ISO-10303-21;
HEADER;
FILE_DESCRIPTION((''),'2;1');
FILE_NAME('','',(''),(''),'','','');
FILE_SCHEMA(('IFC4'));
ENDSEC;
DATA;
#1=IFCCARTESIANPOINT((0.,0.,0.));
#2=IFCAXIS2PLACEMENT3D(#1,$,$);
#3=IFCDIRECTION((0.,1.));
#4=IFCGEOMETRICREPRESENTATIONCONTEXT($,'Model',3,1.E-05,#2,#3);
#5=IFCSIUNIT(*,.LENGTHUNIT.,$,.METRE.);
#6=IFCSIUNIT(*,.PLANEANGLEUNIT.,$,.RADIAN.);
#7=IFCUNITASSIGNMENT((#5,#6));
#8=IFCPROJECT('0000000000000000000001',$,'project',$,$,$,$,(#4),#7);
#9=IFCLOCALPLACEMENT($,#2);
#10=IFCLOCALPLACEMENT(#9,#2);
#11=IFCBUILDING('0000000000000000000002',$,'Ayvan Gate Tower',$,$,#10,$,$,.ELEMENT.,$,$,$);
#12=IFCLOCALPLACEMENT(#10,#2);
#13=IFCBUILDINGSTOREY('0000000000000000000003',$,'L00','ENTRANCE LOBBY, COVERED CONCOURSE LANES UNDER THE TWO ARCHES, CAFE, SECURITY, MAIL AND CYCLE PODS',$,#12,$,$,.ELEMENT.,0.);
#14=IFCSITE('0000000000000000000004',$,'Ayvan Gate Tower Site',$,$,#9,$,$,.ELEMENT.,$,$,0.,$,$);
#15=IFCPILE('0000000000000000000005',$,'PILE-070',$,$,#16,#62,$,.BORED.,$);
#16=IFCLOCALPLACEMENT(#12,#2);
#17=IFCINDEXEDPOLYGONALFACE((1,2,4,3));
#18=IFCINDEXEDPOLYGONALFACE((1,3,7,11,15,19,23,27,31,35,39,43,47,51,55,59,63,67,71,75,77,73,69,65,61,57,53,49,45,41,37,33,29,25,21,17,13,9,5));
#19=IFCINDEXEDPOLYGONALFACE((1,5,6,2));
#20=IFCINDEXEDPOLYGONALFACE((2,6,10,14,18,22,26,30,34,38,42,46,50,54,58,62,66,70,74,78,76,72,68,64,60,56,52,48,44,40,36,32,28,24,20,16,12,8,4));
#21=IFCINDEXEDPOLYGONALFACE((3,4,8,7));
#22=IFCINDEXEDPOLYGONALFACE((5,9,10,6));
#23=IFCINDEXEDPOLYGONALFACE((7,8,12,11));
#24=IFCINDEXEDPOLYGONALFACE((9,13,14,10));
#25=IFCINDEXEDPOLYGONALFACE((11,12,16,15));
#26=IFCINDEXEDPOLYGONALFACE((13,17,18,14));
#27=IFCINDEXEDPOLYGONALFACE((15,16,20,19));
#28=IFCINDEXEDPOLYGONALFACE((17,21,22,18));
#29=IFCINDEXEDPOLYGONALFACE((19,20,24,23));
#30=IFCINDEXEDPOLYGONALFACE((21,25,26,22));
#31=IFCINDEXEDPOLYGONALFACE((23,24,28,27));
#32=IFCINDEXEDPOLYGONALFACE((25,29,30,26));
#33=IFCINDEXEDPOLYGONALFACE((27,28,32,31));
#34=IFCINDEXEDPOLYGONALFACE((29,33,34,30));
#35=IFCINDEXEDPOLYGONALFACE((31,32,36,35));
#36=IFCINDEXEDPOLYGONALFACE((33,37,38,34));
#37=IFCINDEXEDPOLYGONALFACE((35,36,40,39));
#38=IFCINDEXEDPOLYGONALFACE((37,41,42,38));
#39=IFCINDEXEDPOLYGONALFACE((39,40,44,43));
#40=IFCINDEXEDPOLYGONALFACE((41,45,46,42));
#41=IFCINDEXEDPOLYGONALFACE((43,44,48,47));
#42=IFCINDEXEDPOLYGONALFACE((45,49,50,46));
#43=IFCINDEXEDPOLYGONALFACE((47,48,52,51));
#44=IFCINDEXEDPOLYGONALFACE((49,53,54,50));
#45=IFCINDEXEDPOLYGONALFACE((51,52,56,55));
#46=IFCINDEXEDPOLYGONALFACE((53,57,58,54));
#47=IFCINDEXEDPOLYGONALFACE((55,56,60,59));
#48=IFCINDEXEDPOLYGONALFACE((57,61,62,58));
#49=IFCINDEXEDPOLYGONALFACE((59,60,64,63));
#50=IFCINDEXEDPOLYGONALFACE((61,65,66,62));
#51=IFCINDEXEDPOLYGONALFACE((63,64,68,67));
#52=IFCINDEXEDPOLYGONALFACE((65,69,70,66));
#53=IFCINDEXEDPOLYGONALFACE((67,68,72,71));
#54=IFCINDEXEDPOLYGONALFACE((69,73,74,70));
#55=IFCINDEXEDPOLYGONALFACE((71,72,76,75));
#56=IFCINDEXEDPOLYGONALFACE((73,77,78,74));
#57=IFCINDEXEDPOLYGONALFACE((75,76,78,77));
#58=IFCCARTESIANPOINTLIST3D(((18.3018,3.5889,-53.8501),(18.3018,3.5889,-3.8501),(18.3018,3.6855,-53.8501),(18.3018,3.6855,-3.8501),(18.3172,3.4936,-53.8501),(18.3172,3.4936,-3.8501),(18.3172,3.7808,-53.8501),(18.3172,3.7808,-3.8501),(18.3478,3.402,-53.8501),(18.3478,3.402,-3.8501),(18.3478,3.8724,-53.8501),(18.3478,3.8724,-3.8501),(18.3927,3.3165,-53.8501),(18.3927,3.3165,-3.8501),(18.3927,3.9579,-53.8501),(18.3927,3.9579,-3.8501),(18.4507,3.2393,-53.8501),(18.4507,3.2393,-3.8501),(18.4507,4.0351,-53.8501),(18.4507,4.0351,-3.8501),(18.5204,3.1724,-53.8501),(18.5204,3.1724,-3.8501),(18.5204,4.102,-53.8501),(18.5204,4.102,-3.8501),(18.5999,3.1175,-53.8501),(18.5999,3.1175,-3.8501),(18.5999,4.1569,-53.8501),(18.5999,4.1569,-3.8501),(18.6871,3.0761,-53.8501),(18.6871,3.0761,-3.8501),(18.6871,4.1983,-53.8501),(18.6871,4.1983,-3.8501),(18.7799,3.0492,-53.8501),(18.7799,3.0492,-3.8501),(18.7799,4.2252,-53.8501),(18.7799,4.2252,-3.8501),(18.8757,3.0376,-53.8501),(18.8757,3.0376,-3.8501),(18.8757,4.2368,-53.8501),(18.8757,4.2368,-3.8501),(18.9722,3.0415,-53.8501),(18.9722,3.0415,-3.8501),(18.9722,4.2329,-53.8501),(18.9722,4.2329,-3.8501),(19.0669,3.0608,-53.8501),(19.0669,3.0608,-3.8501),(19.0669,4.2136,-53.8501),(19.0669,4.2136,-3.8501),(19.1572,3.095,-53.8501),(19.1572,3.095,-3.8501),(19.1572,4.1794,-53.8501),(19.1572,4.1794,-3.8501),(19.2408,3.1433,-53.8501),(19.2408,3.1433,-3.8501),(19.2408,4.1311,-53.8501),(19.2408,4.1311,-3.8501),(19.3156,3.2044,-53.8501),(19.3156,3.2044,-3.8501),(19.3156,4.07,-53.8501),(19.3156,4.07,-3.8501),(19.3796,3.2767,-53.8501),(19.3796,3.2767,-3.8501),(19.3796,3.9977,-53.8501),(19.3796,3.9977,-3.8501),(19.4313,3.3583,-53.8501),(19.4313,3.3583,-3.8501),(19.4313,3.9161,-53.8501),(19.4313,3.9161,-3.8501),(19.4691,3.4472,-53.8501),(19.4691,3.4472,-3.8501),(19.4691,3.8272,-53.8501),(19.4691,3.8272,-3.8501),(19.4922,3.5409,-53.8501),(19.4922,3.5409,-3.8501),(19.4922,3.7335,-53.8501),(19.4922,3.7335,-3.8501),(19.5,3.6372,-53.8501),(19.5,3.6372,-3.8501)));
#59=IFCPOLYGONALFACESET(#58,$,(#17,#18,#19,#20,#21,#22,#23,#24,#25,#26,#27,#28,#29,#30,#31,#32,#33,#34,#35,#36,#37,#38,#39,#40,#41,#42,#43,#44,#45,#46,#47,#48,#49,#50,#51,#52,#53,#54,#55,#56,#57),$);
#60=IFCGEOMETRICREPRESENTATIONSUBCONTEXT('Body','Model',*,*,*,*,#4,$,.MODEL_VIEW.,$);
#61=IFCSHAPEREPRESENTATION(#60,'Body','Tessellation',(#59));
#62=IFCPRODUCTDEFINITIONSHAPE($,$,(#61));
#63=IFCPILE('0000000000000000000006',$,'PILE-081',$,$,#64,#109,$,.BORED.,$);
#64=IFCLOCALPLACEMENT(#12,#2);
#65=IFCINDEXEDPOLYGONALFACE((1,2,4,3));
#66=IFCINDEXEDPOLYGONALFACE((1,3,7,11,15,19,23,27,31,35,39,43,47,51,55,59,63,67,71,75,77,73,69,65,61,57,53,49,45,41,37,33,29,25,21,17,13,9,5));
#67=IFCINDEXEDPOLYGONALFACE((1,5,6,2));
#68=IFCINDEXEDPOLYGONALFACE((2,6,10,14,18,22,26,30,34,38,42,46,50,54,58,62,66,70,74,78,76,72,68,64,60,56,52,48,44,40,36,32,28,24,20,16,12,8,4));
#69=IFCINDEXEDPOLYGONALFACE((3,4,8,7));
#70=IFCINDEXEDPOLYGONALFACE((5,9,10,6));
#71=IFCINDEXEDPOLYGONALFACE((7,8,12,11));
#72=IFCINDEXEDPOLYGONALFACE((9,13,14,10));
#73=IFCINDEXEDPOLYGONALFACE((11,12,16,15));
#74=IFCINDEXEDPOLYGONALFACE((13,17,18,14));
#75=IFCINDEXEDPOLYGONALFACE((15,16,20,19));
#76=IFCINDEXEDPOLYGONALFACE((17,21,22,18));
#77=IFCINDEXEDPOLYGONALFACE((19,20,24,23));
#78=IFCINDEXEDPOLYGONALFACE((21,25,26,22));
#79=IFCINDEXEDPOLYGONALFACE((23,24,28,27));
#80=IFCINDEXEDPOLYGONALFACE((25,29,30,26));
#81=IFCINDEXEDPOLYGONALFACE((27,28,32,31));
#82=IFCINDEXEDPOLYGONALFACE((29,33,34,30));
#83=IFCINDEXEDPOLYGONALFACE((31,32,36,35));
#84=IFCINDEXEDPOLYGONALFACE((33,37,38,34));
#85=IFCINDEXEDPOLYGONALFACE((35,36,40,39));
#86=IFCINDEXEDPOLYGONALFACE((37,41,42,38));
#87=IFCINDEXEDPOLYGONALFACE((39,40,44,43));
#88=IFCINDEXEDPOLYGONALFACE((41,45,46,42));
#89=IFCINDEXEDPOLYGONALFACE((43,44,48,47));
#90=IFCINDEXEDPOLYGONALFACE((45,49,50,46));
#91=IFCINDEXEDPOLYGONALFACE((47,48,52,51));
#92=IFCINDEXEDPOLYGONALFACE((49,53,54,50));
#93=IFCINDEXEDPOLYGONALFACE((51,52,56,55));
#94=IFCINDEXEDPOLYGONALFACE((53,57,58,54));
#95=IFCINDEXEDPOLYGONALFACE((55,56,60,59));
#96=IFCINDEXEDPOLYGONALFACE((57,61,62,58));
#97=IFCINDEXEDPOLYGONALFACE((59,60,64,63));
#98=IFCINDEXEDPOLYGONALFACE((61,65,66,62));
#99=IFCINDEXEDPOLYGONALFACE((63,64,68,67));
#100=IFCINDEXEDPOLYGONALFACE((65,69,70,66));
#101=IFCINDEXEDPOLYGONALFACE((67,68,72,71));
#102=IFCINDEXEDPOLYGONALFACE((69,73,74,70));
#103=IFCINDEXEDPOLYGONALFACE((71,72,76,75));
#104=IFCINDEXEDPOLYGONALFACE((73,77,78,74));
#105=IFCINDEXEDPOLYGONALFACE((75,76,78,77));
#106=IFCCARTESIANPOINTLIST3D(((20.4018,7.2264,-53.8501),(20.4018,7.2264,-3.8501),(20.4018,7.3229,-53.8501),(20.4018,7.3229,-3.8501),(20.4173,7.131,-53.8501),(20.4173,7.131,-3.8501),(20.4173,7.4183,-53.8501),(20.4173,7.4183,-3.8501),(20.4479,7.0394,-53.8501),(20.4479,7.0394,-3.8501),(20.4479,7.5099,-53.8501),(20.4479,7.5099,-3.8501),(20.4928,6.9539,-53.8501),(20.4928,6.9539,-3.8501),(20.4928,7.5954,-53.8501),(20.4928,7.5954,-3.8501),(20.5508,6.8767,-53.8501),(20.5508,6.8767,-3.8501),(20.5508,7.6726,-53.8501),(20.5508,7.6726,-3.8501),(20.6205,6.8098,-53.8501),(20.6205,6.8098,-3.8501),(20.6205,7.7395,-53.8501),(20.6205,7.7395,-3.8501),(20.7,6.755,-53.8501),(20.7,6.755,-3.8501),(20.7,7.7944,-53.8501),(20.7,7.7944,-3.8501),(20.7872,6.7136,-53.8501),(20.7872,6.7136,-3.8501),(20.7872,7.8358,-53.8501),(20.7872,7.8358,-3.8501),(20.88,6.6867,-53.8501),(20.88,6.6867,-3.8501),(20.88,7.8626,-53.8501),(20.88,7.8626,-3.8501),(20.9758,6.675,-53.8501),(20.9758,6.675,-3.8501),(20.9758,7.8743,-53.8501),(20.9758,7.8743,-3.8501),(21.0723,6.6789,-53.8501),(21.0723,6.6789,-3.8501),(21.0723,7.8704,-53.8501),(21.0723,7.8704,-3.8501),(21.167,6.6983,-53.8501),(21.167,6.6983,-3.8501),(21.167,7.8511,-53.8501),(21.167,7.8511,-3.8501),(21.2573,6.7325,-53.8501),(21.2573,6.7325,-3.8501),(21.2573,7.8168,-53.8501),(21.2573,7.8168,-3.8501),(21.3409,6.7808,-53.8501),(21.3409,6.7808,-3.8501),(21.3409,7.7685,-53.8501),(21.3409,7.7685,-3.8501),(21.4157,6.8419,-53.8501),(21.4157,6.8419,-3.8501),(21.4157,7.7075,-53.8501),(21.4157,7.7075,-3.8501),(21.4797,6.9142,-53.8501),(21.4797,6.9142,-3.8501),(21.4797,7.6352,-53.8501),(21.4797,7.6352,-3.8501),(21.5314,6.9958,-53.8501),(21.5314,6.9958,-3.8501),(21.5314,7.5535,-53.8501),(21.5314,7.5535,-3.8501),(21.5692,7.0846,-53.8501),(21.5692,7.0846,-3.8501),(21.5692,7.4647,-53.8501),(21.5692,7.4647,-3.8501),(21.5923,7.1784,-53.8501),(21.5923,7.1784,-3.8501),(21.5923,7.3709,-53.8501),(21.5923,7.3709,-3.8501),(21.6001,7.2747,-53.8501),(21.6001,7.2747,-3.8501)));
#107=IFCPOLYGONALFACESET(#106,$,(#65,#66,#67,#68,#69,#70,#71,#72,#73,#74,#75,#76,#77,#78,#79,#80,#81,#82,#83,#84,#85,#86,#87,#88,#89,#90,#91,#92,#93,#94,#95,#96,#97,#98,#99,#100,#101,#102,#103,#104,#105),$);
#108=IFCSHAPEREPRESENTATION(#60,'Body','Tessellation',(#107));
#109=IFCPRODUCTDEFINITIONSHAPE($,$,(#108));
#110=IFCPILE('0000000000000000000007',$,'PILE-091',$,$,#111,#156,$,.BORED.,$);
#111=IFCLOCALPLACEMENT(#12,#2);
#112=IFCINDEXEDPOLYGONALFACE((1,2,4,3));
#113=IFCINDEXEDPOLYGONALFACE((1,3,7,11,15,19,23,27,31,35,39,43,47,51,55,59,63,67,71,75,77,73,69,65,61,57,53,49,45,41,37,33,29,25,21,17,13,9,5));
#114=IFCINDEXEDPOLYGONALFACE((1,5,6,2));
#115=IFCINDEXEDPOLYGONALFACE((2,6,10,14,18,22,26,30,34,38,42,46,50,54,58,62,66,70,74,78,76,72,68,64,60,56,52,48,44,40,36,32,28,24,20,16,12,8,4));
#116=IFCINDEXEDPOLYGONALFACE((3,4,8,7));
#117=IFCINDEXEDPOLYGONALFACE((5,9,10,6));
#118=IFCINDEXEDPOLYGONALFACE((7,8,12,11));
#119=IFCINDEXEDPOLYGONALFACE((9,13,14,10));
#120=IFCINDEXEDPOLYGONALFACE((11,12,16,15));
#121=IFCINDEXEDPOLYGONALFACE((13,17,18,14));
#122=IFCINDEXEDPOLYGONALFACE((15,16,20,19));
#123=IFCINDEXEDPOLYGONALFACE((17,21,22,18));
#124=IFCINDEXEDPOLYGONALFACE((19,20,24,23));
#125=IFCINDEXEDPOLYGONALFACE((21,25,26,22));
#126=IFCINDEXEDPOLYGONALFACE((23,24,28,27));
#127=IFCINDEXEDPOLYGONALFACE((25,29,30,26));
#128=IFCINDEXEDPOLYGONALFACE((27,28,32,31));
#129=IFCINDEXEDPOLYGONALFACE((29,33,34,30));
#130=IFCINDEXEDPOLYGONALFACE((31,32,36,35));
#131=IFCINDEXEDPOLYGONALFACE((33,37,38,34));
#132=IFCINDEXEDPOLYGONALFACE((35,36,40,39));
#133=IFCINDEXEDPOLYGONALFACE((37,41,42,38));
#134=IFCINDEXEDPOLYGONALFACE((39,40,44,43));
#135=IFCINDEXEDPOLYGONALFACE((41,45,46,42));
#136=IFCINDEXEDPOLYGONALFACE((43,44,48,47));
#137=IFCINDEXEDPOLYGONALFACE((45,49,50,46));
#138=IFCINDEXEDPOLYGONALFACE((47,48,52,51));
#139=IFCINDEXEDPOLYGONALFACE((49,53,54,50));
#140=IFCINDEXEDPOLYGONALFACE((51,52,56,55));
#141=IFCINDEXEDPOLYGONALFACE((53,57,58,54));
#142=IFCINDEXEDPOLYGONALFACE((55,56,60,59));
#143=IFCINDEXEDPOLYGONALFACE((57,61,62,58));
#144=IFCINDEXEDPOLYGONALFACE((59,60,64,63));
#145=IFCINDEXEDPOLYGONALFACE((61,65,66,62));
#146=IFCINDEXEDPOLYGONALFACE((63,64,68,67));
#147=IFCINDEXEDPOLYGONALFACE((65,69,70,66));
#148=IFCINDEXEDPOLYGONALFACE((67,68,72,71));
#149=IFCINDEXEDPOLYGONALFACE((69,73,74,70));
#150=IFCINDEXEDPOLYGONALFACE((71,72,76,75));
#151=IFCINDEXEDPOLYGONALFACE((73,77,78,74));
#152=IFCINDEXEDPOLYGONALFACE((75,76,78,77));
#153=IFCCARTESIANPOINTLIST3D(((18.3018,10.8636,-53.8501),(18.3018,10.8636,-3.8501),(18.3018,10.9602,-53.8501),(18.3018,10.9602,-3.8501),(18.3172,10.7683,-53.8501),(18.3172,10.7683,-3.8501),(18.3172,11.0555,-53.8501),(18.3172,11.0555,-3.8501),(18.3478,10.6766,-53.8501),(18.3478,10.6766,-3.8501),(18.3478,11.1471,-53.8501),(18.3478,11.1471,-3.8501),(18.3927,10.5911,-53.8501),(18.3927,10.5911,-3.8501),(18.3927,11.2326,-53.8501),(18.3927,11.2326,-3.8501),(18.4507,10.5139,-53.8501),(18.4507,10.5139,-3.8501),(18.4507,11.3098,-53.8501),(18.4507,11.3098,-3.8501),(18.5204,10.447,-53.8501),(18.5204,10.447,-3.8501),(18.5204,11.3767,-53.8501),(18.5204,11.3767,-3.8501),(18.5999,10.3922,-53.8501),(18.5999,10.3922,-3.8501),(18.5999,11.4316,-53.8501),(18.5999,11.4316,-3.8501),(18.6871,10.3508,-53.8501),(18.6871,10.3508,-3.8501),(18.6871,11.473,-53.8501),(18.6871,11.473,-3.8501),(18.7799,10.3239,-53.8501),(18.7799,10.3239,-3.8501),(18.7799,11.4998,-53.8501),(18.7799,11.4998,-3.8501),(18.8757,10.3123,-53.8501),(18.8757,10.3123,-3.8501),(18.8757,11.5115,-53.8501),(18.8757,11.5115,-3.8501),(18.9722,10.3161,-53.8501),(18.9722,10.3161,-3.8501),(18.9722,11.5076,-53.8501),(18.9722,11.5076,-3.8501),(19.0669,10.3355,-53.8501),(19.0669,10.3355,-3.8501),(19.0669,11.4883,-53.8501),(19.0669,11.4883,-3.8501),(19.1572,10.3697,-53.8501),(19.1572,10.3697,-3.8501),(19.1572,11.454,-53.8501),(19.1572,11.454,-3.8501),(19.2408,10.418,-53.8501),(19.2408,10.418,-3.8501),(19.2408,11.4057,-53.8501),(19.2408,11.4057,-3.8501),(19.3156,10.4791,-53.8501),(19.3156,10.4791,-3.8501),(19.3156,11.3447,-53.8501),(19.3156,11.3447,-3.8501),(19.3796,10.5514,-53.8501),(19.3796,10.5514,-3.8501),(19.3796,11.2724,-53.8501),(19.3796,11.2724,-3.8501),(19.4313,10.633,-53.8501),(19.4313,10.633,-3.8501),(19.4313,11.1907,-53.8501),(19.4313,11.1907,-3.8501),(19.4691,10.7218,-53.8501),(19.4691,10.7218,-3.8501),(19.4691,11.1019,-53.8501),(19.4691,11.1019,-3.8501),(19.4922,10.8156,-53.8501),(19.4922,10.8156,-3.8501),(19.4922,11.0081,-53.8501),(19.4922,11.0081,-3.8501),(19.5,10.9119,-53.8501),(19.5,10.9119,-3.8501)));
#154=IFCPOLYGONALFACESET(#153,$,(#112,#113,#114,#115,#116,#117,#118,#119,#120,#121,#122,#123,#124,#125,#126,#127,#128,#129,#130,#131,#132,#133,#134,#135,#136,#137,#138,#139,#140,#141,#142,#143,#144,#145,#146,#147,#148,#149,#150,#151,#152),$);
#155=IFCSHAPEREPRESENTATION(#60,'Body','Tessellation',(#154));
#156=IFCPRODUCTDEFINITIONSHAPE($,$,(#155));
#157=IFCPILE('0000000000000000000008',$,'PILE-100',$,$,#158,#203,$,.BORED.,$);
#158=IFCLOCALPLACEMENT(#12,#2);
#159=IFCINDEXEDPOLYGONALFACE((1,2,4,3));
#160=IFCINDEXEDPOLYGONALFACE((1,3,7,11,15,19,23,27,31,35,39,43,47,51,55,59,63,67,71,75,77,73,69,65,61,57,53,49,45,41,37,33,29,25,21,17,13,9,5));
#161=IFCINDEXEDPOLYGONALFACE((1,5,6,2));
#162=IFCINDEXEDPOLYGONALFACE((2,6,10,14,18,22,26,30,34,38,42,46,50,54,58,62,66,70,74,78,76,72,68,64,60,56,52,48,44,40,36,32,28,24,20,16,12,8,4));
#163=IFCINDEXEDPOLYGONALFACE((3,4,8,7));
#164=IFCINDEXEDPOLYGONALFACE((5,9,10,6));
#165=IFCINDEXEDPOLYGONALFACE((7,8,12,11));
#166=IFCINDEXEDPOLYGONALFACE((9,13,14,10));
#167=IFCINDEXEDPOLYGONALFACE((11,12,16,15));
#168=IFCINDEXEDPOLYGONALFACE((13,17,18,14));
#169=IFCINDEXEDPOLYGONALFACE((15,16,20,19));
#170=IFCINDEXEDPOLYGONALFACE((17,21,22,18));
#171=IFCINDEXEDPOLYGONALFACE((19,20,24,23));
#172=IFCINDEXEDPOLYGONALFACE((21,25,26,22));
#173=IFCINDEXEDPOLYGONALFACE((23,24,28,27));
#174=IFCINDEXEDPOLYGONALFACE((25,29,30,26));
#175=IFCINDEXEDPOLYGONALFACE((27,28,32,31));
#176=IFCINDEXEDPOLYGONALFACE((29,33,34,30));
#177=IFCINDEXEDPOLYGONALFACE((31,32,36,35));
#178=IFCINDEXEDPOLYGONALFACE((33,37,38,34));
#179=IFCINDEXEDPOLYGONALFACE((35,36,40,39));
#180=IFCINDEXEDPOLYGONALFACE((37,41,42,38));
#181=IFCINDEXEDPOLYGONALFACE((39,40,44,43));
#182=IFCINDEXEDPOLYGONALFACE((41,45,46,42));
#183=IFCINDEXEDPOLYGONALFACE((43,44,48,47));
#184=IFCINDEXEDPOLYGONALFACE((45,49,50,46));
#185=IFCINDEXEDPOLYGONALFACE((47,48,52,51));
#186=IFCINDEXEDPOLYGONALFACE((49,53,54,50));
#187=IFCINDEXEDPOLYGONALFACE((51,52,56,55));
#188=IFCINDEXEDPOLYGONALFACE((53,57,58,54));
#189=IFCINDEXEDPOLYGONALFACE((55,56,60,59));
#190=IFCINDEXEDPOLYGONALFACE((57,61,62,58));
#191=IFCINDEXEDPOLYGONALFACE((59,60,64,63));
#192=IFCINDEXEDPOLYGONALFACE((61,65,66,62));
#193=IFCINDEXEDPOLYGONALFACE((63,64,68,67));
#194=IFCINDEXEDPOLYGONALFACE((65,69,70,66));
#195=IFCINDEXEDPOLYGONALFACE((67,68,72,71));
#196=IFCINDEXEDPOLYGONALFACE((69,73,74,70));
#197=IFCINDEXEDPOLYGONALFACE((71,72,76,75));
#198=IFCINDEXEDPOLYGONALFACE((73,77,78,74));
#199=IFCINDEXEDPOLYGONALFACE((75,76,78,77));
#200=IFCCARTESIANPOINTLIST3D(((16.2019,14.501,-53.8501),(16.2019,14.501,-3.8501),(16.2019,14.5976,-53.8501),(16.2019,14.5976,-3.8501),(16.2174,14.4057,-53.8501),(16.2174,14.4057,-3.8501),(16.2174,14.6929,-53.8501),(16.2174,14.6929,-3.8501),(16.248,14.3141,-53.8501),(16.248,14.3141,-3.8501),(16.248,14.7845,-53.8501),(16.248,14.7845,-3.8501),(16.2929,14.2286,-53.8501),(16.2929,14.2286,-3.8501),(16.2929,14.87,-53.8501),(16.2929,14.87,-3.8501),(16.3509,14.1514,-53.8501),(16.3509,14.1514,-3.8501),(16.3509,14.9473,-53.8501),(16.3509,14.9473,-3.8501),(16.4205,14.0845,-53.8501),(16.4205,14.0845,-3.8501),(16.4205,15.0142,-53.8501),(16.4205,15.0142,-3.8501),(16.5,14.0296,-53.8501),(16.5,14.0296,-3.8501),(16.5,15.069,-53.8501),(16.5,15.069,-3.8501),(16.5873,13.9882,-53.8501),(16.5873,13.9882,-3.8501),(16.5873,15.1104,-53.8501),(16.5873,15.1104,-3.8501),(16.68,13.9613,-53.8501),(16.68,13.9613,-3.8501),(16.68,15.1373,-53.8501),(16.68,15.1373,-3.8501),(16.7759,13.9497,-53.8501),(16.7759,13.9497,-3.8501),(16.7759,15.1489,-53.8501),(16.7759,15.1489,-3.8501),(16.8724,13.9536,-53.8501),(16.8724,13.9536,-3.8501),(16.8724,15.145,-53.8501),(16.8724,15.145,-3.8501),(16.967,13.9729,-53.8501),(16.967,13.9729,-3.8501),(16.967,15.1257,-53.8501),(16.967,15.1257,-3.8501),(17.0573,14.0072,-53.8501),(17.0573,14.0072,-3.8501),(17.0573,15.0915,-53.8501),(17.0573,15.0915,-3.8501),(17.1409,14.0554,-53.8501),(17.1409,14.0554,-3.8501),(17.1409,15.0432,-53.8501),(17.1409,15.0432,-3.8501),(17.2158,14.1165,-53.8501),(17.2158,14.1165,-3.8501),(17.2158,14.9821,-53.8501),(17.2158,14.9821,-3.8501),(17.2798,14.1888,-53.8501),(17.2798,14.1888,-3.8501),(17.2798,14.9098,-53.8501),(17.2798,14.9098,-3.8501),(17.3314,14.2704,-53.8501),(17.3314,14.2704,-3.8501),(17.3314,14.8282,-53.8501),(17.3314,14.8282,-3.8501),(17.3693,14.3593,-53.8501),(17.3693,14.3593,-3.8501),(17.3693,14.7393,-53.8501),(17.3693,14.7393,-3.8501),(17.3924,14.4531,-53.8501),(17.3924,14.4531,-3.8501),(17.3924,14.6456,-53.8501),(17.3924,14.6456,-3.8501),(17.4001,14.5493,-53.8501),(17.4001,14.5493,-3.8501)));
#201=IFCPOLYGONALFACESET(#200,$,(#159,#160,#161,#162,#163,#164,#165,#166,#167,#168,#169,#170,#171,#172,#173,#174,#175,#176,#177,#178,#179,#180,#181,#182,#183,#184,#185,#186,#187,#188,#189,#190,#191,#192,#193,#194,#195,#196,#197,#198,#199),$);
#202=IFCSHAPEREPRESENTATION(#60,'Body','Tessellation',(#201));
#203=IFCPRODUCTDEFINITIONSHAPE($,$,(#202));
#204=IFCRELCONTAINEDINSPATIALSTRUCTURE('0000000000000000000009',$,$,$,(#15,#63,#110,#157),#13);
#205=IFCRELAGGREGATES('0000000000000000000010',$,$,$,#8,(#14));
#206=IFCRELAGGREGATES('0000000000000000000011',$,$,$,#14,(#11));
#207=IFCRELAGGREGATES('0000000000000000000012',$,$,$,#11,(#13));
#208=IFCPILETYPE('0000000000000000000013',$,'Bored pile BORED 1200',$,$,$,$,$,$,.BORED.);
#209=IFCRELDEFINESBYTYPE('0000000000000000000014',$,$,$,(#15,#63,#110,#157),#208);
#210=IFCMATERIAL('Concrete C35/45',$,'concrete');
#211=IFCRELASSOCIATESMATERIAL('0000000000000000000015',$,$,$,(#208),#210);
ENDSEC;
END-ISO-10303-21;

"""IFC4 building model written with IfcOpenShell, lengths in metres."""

from ifc_helpers import new_model, si_unit, direction, frame, origin, origin_2d, place, context, subcontext, project, spatial, circle, extrude, material, material_profile, profile_set, type_object, element, save


model = new_model("IFC4")

# Units and contexts
model_context = context("Model", 3, precision=1e-05, world=origin(), true_north=direction((0.0, 1.0)))
body_context = subcontext(model_context, "Body", "Model", "MODEL_VIEW")
ifc_project = project(units=[si_unit("LENGTHUNIT", "METRE"), si_unit("PLANEANGLEUNIT", "RADIAN")], contexts=[model_context])

# Site, building, storey
site_placement = place(None, origin())
site = spatial("IfcSite", under=ifc_project, at=site_placement, Name="Ayvan Gate Tower Site", CompositionType="ELEMENT", RefElevation=0.0)
building_placement = place(site_placement, origin())
building = spatial("IfcBuilding", under=site, at=building_placement, Name="Ayvan Gate Tower", CompositionType="ELEMENT")
storey_placement = place(building_placement, origin())
storey = spatial("IfcBuildingStorey", under=building, at=storey_placement, Name="L00", Description="ENTRANCE LOBBY, COVERED CONCOURSE LANES UNDER THE TWO ARCHES, CAFE, SECURITY, MAIL AND CYCLE PODS", CompositionType="ELEMENT", Elevation=0.0)

# Piles
ifc_material_1 = material(Name="Concrete C35/45", Category="concrete")
ifc_material_profile_1 = material_profile(ifc_material_1, circle(Radius=0.6001, at=origin_2d()), Name="BORED 1200")
ifc_profile_set_1 = profile_set([ifc_material_profile_1], Name="Concrete C35/45")
pile_type = type_object("IfcPileType", Name="Bored pile BORED 1200", PredefinedType="BORED", material=ifc_profile_set_1)
for number, where, z_axis, x_axis, name in (
    (1, (18.8999, 3.6372, -3.8501), (0.0, 0.0, -1.0), (1.0, 0.0, 0.0), "PILE-070"),
    (2, (21.0, 7.2747, -3.8501), (0.0, 0.0, -1.0), (1.0, 0.0, 0.0), "PILE-081"),
    (3, (18.8999, 10.9119, -3.8501), (0.0, 0.0, -1.0), (1.0, 0.0, 0.0), "PILE-091"),
    (4, (16.8, 14.5493, -3.8501), (0.0, 0.0, -1.0), (1.0, 0.0, 0.0), "PILE-100"),
):
    element("IfcPile", number, at=place(storey_placement, frame(where, z_axis=z_axis, x_axis=x_axis)), inside=storey, type_object=pile_type, Name=name, PredefinedType="BORED", context=body_context, shape_type="SweptSolid", body=[
        extrude(circle(Radius=0.6001, at=origin_2d()), origin(), (0.0, 0.0, 1.0), 50.0),
    ])

save(model, "model.ifc")
